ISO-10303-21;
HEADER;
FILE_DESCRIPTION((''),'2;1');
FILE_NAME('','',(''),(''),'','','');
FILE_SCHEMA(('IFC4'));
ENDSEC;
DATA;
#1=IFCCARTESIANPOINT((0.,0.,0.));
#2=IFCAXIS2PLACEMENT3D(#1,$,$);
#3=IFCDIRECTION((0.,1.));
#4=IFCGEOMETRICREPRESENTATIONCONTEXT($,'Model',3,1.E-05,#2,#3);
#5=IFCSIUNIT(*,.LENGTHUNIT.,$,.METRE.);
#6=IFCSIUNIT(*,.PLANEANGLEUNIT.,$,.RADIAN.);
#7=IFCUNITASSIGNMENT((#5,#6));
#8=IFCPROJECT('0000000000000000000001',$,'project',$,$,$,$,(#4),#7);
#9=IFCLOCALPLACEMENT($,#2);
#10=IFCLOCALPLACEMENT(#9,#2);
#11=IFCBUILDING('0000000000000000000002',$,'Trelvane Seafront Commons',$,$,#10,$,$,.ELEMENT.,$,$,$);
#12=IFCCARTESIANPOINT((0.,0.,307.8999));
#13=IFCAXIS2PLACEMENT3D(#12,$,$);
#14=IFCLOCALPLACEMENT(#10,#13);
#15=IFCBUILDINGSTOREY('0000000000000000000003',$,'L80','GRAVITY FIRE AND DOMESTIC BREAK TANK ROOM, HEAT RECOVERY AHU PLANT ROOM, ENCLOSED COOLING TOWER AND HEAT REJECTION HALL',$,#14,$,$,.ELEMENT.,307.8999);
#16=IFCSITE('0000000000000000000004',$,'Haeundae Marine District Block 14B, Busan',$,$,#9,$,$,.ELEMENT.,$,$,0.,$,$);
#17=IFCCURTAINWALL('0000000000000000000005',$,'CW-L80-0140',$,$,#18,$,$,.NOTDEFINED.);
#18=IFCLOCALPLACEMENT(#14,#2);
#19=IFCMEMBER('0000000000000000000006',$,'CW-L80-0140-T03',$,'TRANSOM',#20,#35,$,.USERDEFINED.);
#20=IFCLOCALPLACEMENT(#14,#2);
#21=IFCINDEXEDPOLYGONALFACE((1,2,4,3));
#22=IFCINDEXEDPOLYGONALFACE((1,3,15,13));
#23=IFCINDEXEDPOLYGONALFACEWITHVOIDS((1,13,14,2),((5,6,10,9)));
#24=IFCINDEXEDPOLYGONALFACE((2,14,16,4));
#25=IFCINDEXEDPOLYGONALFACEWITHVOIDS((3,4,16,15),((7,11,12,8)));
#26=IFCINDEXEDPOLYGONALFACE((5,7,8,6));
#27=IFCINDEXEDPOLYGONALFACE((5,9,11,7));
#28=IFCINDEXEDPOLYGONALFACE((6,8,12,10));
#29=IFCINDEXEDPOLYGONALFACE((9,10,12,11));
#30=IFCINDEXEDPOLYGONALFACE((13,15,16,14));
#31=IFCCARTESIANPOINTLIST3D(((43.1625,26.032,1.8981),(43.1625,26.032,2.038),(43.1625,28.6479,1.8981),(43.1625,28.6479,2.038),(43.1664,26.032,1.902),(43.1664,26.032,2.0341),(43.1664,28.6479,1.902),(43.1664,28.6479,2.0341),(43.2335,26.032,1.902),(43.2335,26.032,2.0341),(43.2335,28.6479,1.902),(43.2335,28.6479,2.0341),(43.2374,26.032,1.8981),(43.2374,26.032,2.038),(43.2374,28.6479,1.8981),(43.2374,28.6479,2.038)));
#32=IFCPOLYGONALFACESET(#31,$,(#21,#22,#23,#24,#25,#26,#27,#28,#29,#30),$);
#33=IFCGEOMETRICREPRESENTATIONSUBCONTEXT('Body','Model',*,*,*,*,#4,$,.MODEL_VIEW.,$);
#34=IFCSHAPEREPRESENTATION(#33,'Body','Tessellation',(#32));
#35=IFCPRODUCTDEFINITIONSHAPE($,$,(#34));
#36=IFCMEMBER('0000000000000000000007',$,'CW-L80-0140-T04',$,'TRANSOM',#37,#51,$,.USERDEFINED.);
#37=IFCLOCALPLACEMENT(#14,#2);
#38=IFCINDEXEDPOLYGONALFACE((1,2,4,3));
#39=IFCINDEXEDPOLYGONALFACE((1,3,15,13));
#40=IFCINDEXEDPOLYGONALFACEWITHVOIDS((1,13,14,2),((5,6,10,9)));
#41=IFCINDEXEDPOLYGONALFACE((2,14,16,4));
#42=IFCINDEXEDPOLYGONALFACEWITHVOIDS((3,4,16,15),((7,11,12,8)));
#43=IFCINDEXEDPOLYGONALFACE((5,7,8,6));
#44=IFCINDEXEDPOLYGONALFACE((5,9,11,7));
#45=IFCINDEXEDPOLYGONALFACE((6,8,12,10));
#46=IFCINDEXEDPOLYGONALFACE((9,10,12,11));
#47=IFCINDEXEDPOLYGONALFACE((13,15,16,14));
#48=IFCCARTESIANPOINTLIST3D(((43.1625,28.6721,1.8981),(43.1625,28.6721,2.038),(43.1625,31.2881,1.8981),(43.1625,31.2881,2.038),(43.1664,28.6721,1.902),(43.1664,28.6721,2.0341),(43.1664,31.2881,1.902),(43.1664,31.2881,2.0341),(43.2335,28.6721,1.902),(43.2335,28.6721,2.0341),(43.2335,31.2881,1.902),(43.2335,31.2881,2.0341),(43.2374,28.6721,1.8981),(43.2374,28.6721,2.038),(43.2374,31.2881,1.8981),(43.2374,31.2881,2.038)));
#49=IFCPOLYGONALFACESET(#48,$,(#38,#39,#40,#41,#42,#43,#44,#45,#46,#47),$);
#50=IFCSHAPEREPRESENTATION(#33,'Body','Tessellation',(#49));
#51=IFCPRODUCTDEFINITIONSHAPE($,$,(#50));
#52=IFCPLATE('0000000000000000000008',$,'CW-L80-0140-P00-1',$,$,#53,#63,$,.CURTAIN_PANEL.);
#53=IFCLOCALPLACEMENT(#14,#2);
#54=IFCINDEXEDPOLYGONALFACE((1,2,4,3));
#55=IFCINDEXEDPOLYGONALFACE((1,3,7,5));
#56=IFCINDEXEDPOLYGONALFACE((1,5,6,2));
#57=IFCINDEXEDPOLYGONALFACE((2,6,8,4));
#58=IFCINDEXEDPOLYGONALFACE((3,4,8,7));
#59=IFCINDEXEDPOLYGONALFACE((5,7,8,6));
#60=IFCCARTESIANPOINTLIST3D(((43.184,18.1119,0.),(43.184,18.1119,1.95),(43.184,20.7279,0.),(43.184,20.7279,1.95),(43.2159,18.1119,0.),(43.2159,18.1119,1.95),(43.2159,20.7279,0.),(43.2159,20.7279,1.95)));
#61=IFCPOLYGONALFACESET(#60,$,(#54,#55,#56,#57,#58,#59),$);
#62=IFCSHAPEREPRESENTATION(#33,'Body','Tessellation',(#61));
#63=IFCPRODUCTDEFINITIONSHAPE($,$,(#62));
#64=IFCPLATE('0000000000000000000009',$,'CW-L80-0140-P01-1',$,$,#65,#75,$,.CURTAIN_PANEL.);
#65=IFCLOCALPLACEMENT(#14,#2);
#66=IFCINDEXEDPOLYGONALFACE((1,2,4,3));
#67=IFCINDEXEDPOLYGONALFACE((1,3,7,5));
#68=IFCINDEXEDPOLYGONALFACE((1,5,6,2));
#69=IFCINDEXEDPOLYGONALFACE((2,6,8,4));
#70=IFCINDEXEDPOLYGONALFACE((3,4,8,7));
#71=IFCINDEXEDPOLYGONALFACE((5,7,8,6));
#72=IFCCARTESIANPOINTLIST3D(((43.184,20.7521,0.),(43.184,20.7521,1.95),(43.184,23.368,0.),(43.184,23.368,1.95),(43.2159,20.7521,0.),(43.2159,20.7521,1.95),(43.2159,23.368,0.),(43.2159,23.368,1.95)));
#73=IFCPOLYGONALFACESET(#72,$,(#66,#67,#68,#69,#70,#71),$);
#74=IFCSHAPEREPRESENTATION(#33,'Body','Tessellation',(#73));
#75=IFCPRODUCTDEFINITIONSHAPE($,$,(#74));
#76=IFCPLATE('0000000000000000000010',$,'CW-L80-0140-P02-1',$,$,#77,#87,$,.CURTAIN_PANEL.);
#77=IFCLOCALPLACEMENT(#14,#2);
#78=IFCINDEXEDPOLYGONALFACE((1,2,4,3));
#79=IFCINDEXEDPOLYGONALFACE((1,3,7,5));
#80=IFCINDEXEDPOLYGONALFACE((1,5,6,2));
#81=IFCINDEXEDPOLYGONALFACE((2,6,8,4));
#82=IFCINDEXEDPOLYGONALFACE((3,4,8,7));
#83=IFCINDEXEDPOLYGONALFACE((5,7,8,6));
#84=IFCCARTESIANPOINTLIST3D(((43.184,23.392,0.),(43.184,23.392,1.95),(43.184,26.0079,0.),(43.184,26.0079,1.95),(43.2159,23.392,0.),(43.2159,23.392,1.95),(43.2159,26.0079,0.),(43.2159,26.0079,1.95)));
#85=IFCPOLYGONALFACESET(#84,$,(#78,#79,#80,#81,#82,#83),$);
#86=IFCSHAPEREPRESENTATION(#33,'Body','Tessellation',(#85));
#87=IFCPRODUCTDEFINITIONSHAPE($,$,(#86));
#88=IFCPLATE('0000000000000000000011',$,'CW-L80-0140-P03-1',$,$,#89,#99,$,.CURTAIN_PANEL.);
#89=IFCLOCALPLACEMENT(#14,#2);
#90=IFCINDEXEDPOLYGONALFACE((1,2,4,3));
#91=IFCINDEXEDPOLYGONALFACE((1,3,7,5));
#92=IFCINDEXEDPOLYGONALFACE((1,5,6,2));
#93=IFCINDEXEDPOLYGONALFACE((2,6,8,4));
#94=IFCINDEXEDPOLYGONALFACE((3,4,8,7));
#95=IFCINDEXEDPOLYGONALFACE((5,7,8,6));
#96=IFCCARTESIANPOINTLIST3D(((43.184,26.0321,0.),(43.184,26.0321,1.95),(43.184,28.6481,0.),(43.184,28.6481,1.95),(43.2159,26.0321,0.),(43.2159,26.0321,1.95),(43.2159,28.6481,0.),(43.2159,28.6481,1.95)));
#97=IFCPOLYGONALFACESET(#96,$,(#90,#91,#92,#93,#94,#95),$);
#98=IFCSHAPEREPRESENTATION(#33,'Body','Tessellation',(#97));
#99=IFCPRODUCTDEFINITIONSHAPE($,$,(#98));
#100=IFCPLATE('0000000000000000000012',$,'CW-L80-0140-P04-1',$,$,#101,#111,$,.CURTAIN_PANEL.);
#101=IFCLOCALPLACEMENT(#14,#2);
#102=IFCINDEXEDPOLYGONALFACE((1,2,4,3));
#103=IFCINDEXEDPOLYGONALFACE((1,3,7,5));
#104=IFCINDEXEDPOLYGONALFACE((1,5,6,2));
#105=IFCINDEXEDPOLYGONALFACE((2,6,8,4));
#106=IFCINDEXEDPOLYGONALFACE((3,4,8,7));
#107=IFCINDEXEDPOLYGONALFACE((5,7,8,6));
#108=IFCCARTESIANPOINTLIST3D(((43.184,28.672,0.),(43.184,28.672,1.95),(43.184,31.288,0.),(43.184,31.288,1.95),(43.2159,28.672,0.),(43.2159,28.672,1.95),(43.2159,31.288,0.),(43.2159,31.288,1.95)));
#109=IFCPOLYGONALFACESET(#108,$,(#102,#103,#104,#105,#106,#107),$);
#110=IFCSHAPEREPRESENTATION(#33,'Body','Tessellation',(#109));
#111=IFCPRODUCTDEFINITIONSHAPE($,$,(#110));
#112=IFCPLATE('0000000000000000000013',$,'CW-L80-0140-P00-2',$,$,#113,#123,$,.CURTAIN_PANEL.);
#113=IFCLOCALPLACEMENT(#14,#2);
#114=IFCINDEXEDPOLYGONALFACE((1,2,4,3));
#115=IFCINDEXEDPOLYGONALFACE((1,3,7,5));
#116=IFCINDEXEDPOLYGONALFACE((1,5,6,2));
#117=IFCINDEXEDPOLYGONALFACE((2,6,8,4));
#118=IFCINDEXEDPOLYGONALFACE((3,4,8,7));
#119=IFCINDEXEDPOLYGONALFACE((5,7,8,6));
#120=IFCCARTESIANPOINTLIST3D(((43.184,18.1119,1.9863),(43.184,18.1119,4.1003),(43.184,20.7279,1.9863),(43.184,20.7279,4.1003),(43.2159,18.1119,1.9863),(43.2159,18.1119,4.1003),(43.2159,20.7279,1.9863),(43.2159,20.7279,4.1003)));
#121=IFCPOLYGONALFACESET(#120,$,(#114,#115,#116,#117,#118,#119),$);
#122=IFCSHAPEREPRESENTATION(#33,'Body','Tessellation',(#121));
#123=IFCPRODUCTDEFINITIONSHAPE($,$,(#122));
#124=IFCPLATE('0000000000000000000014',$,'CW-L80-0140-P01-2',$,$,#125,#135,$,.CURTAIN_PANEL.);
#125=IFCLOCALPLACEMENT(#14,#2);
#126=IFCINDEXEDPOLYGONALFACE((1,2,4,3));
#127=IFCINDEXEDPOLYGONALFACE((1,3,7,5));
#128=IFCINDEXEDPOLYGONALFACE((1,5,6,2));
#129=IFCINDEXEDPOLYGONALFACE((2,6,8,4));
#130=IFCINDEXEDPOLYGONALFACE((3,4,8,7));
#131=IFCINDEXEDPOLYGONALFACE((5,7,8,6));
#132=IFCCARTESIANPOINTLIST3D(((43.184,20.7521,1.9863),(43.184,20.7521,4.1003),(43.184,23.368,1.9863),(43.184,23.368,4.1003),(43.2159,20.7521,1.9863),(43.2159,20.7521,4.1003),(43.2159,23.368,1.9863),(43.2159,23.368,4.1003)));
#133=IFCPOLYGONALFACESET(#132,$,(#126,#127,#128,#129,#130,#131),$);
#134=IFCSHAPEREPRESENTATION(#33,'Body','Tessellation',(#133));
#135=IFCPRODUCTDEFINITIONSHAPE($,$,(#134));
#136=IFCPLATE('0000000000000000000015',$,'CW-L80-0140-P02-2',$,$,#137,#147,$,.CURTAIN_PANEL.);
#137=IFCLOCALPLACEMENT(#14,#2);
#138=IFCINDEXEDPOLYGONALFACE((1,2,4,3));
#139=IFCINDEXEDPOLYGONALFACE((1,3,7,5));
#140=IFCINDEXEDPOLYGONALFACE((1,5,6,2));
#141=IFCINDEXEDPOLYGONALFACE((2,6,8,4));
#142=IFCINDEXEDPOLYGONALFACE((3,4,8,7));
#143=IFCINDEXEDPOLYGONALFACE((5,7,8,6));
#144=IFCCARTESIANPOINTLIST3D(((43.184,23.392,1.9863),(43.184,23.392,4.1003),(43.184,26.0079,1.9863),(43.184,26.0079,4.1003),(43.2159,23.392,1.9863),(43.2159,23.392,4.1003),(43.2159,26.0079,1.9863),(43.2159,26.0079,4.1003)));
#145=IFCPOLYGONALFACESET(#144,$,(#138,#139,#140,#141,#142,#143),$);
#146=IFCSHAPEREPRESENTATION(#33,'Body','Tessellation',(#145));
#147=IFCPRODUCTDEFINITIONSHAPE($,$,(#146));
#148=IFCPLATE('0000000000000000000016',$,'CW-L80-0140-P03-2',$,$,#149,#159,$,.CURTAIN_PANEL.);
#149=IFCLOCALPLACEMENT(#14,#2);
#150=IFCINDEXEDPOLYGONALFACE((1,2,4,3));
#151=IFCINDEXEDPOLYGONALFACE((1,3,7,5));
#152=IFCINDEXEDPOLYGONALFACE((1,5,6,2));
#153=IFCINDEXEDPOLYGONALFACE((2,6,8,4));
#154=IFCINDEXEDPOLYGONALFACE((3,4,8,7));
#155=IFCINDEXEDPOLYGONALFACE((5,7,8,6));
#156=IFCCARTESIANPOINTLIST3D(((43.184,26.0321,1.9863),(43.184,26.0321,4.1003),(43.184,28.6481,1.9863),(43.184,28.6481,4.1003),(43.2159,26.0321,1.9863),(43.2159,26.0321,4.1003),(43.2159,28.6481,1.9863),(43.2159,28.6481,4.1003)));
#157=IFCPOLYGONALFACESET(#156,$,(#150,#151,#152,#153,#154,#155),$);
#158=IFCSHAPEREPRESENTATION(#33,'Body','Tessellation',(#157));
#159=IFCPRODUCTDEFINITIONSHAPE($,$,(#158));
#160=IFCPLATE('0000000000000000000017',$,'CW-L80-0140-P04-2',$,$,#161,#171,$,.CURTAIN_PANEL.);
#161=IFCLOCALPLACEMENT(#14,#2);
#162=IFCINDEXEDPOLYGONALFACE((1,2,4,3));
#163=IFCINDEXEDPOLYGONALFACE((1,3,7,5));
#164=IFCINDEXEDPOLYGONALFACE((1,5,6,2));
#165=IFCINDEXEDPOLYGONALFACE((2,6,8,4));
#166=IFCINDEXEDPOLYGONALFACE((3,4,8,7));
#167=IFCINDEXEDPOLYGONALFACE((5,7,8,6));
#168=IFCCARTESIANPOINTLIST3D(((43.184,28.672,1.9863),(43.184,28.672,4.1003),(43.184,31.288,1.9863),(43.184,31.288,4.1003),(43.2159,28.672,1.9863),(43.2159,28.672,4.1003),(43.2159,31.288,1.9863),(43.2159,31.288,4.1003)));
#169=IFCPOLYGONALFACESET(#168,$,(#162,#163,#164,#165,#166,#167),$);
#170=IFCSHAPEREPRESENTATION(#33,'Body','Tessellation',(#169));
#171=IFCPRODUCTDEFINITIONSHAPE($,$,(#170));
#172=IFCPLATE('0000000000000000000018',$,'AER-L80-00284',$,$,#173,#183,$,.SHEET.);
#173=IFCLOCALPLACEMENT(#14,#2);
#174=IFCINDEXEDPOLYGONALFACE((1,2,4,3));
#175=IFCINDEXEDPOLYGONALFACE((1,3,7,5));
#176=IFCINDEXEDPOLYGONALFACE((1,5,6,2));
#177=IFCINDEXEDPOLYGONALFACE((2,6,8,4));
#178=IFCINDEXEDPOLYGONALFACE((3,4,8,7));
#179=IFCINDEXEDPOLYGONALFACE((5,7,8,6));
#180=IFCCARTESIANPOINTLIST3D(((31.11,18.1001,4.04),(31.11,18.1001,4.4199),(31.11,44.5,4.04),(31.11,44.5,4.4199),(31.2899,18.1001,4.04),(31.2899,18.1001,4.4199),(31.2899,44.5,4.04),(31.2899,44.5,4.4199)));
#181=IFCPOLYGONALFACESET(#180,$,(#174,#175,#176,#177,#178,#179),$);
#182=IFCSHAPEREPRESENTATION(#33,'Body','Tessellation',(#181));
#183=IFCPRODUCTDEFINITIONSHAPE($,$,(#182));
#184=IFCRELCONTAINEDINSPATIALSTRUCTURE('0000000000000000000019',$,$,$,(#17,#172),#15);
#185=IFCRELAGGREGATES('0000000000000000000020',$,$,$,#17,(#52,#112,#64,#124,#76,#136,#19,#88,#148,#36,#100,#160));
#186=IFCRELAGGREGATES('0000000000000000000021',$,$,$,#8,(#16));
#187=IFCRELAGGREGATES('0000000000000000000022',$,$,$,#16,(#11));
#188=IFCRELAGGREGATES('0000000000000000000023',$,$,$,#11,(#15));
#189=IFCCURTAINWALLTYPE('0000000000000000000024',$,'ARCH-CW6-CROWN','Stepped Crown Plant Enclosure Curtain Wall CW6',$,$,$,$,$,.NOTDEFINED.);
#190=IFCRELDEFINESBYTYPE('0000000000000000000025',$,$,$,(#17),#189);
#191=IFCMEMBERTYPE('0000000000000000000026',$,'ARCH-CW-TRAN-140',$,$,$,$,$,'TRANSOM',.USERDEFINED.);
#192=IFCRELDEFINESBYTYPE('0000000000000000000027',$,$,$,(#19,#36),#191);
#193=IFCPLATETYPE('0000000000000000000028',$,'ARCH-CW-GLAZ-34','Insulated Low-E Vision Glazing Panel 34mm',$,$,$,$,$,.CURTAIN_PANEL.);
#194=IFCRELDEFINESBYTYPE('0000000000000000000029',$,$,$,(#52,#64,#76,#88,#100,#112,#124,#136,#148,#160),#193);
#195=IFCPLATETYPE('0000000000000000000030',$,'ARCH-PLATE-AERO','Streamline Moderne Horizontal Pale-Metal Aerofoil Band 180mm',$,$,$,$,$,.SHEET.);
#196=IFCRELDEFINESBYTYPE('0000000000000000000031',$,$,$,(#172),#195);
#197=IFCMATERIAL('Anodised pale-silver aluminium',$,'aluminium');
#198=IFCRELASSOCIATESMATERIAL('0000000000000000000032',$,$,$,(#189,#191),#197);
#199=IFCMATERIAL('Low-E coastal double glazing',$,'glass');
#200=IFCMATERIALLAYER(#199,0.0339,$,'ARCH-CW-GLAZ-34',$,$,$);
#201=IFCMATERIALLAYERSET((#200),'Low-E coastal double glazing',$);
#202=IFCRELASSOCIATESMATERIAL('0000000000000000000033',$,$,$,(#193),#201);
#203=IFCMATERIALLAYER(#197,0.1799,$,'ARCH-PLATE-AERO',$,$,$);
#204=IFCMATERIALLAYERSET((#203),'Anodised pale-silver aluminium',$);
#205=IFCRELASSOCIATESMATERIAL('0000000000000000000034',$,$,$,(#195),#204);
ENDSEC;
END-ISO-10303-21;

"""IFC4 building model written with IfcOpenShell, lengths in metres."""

from ifc_helpers import new_model, si_unit, direction, frame, origin, origin_2d, place, context, subcontext, project, spatial, rectangle, hollow_rectangle, extrude, source, transform, mapped, material, layer, layer_set, material_profile, profile_set, type_object, element, aggregate, save


model = new_model("IFC4")

# Units and contexts
model_context = context("Model", 3, precision=1e-05, world=origin(), true_north=direction((0.0, 1.0)))
body_context = subcontext(model_context, "Body", "Model", "MODEL_VIEW")
ifc_project = project(units=[si_unit("LENGTHUNIT", "METRE"), si_unit("PLANEANGLEUNIT", "RADIAN")], contexts=[model_context])

# Site, building, storey
site_placement = place(None, origin())
site = spatial("IfcSite", under=ifc_project, at=site_placement, Name="Haeundae Marine District Block 14B, Busan", CompositionType="ELEMENT", RefElevation=0.0)
building_placement = place(site_placement, origin())
building = spatial("IfcBuilding", under=site, at=building_placement, Name="Trelvane Seafront Commons", CompositionType="ELEMENT")
storey_placement = place(building_placement, frame((0.0, 0.0, 307.8999)))
storey = spatial("IfcBuildingStorey", under=building, at=storey_placement, Name="L80", Description="GRAVITY FIRE AND DOMESTIC BREAK TANK ROOM, HEAT RECOVERY AHU PLANT ROOM, ENCLOSED COOLING TOWER AND HEAT REJECTION HALL", CompositionType="ELEMENT", Elevation=307.8999)

# Curtain wall, members, plates
ifc_material_1 = material(Name="Anodised pale-silver aluminium", Category="aluminium")
curtain_wall_type = type_object("IfcCurtainWallType", Name="ARCH-CW6-CROWN", Description="Stepped Crown Plant Enclosure Curtain Wall CW6", PredefinedType="NOTDEFINED", material=ifc_material_1)
curtain_wall_placement = place(storey_placement, origin())
curtain_wall = element("IfcCurtainWall", 1, at=curtain_wall_placement, inside=storey, type_object=curtain_wall_type, Name="CW-L80-0140", PredefinedType="NOTDEFINED")
ifc_material_profile_1 = material_profile(ifc_material_1, hollow_rectangle(XDim=0.075, YDim=0.1399, WallThickness=0.0039, at=origin_2d()), Name="TRAN-75x140x4")
ifc_profile_set_1 = profile_set([ifc_material_profile_1], Name="Anodised pale-silver aluminium")
member_type_1 = type_object("IfcMemberType", Name="ARCH-CW-TRAN-140", ElementType="TRANSOM", PredefinedType="USERDEFINED", material=ifc_profile_set_1)
shared_shape_1 = source(origin(), body_context, "Body", "SweptSolid", [
    extrude(hollow_rectangle(XDim=0.075, YDim=0.1399, WallThickness=0.0039, at=origin_2d()), origin(), (0.0, 0.0, 1.0), 2.616),
])
member_1_placement = place(storey_placement, frame((43.2, 26.032, 1.968), z_axis=(0.0, 1.0, 0.0), x_axis=(-1.0, 0.0, 0.0)))
member_1 = element("IfcMember", 2, at=member_1_placement, type_object=member_type_1, Name="CW-L80-0140-T03", ObjectType="TRANSOM", PredefinedType="USERDEFINED", context=body_context, shape_type="MappedRepresentation", body=[
    mapped(shared_shape_1, transform((0.0, 0.0, 0.0), x_axis=(1.0, 0.0, 0.0), y_axis=(0.0, 1.0, 0.0), z_axis=(0.0, 0.0, 1.0), scale=1.0)),
])
member_2_placement = place(storey_placement, frame((43.2, 28.6721, 1.968), z_axis=(0.0, 1.0, 0.0), x_axis=(-1.0, 0.0, 0.0)))
member_2 = element("IfcMember", 3, at=member_2_placement, type_object=member_type_1, Name="CW-L80-0140-T04", ObjectType="TRANSOM", PredefinedType="USERDEFINED", context=body_context, shape_type="MappedRepresentation", body=[
    mapped(shared_shape_1, transform((0.0, 0.0, 0.0), x_axis=(1.0, 0.0, 0.0), y_axis=(0.0, 1.0, 0.0), z_axis=(0.0, 0.0, 1.0), scale=1.0)),
])
ifc_material_2 = material(Name="Low-E coastal double glazing", Category="glass")
ifc_layer_1 = layer(ifc_material_2, 0.0339, Name="ARCH-CW-GLAZ-34")
ifc_layer_set_1 = layer_set([ifc_layer_1], Name="Low-E coastal double glazing")
plate_type_1 = type_object("IfcPlateType", Name="ARCH-CW-GLAZ-34", Description="Insulated Low-E Vision Glazing Panel 34mm", PredefinedType="CURTAIN_PANEL", material=ifc_layer_set_1)
shared_shape_2 = source(origin(), body_context, "Body", "SweptSolid", [
    extrude(rectangle(XDim=2.616, YDim=0.032, at=origin_2d()), origin(), (0.0, 0.0, 1.0), 1.95),
])
plate_1_placement = place(storey_placement, frame((43.2, 19.4199, 0.0), z_axis=(0.0, 0.0, 1.0), x_axis=(0.0, 1.0, 0.0)))
plate_1 = element("IfcPlate", 4, at=plate_1_placement, type_object=plate_type_1, Name="CW-L80-0140-P00-1", PredefinedType="CURTAIN_PANEL", context=body_context, shape_type="MappedRepresentation", body=[
    mapped(shared_shape_2, transform((0.0, 0.0, 0.0), x_axis=(1.0, 0.0, 0.0), y_axis=(0.0, 1.0, 0.0), z_axis=(0.0, 0.0, 1.0), scale=1.0)),
])
plate_2_placement = place(storey_placement, frame((43.2, 22.0601, 0.0), z_axis=(0.0, 0.0, 1.0), x_axis=(0.0, 1.0, 0.0)))
plate_2 = element("IfcPlate", 5, at=plate_2_placement, type_object=plate_type_1, Name="CW-L80-0140-P01-1", PredefinedType="CURTAIN_PANEL", context=body_context, shape_type="MappedRepresentation", body=[
    mapped(shared_shape_2, transform((0.0, 0.0, 0.0), x_axis=(1.0, 0.0, 0.0), y_axis=(0.0, 1.0, 0.0), z_axis=(0.0, 0.0, 1.0), scale=1.0)),
])
plate_3_placement = place(storey_placement, frame((43.2, 24.7, 0.0), z_axis=(0.0, 0.0, 1.0), x_axis=(0.0, 1.0, 0.0)))
plate_3 = element("IfcPlate", 6, at=plate_3_placement, type_object=plate_type_1, Name="CW-L80-0140-P02-1", PredefinedType="CURTAIN_PANEL", context=body_context, shape_type="MappedRepresentation", body=[
    mapped(shared_shape_2, transform((0.0, 0.0, 0.0), x_axis=(1.0, 0.0, 0.0), y_axis=(0.0, 1.0, 0.0), z_axis=(0.0, 0.0, 1.0), scale=1.0)),
])
plate_4_placement = place(storey_placement, frame((43.2, 27.3401, 0.0), z_axis=(0.0, 0.0, 1.0), x_axis=(0.0, 1.0, 0.0)))
plate_4 = element("IfcPlate", 7, at=plate_4_placement, type_object=plate_type_1, Name="CW-L80-0140-P03-1", PredefinedType="CURTAIN_PANEL", context=body_context, shape_type="MappedRepresentation", body=[
    mapped(shared_shape_2, transform((0.0, 0.0, 0.0), x_axis=(1.0, 0.0, 0.0), y_axis=(0.0, 1.0, 0.0), z_axis=(0.0, 0.0, 1.0), scale=1.0)),
])
plate_5_placement = place(storey_placement, frame((43.2, 29.98, 0.0), z_axis=(0.0, 0.0, 1.0), x_axis=(0.0, 1.0, 0.0)))
plate_5 = element("IfcPlate", 8, at=plate_5_placement, type_object=plate_type_1, Name="CW-L80-0140-P04-1", PredefinedType="CURTAIN_PANEL", context=body_context, shape_type="MappedRepresentation", body=[
    mapped(shared_shape_2, transform((0.0, 0.0, 0.0), x_axis=(1.0, 0.0, 0.0), y_axis=(0.0, 1.0, 0.0), z_axis=(0.0, 0.0, 1.0), scale=1.0)),
])
shared_shape_3 = source(origin(), body_context, "Body", "SweptSolid", [
    extrude(rectangle(XDim=2.616, YDim=0.032, at=origin_2d()), origin(), (0.0, 0.0, 1.0), 2.114),
])
plate_6_placement = place(storey_placement, frame((43.2, 19.4199, 1.9863), z_axis=(0.0, 0.0, 1.0), x_axis=(0.0, 1.0, 0.0)))
plate_6 = element("IfcPlate", 9, at=plate_6_placement, type_object=plate_type_1, Name="CW-L80-0140-P00-2", PredefinedType="CURTAIN_PANEL", context=body_context, shape_type="MappedRepresentation", body=[
    mapped(shared_shape_3, transform((0.0, 0.0, 0.0), x_axis=(1.0, 0.0, 0.0), y_axis=(0.0, 1.0, 0.0), z_axis=(0.0, 0.0, 1.0), scale=1.0)),
])
plate_7_placement = place(storey_placement, frame((43.2, 22.0601, 1.9863), z_axis=(0.0, 0.0, 1.0), x_axis=(0.0, 1.0, 0.0)))
plate_7 = element("IfcPlate", 10, at=plate_7_placement, type_object=plate_type_1, Name="CW-L80-0140-P01-2", PredefinedType="CURTAIN_PANEL", context=body_context, shape_type="MappedRepresentation", body=[
    mapped(shared_shape_3, transform((0.0, 0.0, 0.0), x_axis=(1.0, 0.0, 0.0), y_axis=(0.0, 1.0, 0.0), z_axis=(0.0, 0.0, 1.0), scale=1.0)),
])
plate_8_placement = place(storey_placement, frame((43.2, 24.7, 1.9863), z_axis=(0.0, 0.0, 1.0), x_axis=(0.0, 1.0, 0.0)))
plate_8 = element("IfcPlate", 11, at=plate_8_placement, type_object=plate_type_1, Name="CW-L80-0140-P02-2", PredefinedType="CURTAIN_PANEL", context=body_context, shape_type="MappedRepresentation", body=[
    mapped(shared_shape_3, transform((0.0, 0.0, 0.0), x_axis=(1.0, 0.0, 0.0), y_axis=(0.0, 1.0, 0.0), z_axis=(0.0, 0.0, 1.0), scale=1.0)),
])
plate_9_placement = place(storey_placement, frame((43.2, 27.3401, 1.9863), z_axis=(0.0, 0.0, 1.0), x_axis=(0.0, 1.0, 0.0)))
plate_9 = element("IfcPlate", 12, at=plate_9_placement, type_object=plate_type_1, Name="CW-L80-0140-P03-2", PredefinedType="CURTAIN_PANEL", context=body_context, shape_type="MappedRepresentation", body=[
    mapped(shared_shape_3, transform((0.0, 0.0, 0.0), x_axis=(1.0, 0.0, 0.0), y_axis=(0.0, 1.0, 0.0), z_axis=(0.0, 0.0, 1.0), scale=1.0)),
])
plate_10_placement = place(storey_placement, frame((43.2, 29.98, 1.9863), z_axis=(0.0, 0.0, 1.0), x_axis=(0.0, 1.0, 0.0)))
plate_10 = element("IfcPlate", 13, at=plate_10_placement, type_object=plate_type_1, Name="CW-L80-0140-P04-2", PredefinedType="CURTAIN_PANEL", context=body_context, shape_type="MappedRepresentation", body=[
    mapped(shared_shape_3, transform((0.0, 0.0, 0.0), x_axis=(1.0, 0.0, 0.0), y_axis=(0.0, 1.0, 0.0), z_axis=(0.0, 0.0, 1.0), scale=1.0)),
])
aggregate(curtain_wall, [plate_1, plate_6, plate_2, plate_7, plate_3, plate_8, member_1, plate_4, plate_9, member_2, plate_5, plate_10])

# Plate
ifc_layer_2 = layer(ifc_material_1, 0.1799, Name="ARCH-PLATE-AERO")
ifc_layer_set_2 = layer_set([ifc_layer_2], Name="Anodised pale-silver aluminium")
plate_type_2 = type_object("IfcPlateType", Name="ARCH-PLATE-AERO", Description="Streamline Moderne Horizontal Pale-Metal Aerofoil Band 180mm", PredefinedType="SHEET", material=ifc_layer_set_2)
shared_shape_4 = source(origin(), body_context, "Body", "SweptSolid", [
    extrude(rectangle(XDim=26.3999, YDim=0.1799, at=origin_2d()), origin(), (0.0, 0.0, 1.0), 0.3799),
])
plate_11_placement = place(storey_placement, frame((31.2, 31.3, 4.04), z_axis=(0.0, 0.0, 1.0), x_axis=(0.0, -1.0, 0.0)))
element("IfcPlate", 14, at=plate_11_placement, inside=storey, type_object=plate_type_2, Name="AER-L80-00284", PredefinedType="SHEET", context=body_context, shape_type="MappedRepresentation", body=[
    mapped(shared_shape_4, transform((0.0, 0.0, 0.0), x_axis=(1.0, 0.0, 0.0), y_axis=(0.0, 1.0, 0.0), z_axis=(0.0, 0.0, 1.0), scale=1.0)),
])

save(model, "model.ifc")
